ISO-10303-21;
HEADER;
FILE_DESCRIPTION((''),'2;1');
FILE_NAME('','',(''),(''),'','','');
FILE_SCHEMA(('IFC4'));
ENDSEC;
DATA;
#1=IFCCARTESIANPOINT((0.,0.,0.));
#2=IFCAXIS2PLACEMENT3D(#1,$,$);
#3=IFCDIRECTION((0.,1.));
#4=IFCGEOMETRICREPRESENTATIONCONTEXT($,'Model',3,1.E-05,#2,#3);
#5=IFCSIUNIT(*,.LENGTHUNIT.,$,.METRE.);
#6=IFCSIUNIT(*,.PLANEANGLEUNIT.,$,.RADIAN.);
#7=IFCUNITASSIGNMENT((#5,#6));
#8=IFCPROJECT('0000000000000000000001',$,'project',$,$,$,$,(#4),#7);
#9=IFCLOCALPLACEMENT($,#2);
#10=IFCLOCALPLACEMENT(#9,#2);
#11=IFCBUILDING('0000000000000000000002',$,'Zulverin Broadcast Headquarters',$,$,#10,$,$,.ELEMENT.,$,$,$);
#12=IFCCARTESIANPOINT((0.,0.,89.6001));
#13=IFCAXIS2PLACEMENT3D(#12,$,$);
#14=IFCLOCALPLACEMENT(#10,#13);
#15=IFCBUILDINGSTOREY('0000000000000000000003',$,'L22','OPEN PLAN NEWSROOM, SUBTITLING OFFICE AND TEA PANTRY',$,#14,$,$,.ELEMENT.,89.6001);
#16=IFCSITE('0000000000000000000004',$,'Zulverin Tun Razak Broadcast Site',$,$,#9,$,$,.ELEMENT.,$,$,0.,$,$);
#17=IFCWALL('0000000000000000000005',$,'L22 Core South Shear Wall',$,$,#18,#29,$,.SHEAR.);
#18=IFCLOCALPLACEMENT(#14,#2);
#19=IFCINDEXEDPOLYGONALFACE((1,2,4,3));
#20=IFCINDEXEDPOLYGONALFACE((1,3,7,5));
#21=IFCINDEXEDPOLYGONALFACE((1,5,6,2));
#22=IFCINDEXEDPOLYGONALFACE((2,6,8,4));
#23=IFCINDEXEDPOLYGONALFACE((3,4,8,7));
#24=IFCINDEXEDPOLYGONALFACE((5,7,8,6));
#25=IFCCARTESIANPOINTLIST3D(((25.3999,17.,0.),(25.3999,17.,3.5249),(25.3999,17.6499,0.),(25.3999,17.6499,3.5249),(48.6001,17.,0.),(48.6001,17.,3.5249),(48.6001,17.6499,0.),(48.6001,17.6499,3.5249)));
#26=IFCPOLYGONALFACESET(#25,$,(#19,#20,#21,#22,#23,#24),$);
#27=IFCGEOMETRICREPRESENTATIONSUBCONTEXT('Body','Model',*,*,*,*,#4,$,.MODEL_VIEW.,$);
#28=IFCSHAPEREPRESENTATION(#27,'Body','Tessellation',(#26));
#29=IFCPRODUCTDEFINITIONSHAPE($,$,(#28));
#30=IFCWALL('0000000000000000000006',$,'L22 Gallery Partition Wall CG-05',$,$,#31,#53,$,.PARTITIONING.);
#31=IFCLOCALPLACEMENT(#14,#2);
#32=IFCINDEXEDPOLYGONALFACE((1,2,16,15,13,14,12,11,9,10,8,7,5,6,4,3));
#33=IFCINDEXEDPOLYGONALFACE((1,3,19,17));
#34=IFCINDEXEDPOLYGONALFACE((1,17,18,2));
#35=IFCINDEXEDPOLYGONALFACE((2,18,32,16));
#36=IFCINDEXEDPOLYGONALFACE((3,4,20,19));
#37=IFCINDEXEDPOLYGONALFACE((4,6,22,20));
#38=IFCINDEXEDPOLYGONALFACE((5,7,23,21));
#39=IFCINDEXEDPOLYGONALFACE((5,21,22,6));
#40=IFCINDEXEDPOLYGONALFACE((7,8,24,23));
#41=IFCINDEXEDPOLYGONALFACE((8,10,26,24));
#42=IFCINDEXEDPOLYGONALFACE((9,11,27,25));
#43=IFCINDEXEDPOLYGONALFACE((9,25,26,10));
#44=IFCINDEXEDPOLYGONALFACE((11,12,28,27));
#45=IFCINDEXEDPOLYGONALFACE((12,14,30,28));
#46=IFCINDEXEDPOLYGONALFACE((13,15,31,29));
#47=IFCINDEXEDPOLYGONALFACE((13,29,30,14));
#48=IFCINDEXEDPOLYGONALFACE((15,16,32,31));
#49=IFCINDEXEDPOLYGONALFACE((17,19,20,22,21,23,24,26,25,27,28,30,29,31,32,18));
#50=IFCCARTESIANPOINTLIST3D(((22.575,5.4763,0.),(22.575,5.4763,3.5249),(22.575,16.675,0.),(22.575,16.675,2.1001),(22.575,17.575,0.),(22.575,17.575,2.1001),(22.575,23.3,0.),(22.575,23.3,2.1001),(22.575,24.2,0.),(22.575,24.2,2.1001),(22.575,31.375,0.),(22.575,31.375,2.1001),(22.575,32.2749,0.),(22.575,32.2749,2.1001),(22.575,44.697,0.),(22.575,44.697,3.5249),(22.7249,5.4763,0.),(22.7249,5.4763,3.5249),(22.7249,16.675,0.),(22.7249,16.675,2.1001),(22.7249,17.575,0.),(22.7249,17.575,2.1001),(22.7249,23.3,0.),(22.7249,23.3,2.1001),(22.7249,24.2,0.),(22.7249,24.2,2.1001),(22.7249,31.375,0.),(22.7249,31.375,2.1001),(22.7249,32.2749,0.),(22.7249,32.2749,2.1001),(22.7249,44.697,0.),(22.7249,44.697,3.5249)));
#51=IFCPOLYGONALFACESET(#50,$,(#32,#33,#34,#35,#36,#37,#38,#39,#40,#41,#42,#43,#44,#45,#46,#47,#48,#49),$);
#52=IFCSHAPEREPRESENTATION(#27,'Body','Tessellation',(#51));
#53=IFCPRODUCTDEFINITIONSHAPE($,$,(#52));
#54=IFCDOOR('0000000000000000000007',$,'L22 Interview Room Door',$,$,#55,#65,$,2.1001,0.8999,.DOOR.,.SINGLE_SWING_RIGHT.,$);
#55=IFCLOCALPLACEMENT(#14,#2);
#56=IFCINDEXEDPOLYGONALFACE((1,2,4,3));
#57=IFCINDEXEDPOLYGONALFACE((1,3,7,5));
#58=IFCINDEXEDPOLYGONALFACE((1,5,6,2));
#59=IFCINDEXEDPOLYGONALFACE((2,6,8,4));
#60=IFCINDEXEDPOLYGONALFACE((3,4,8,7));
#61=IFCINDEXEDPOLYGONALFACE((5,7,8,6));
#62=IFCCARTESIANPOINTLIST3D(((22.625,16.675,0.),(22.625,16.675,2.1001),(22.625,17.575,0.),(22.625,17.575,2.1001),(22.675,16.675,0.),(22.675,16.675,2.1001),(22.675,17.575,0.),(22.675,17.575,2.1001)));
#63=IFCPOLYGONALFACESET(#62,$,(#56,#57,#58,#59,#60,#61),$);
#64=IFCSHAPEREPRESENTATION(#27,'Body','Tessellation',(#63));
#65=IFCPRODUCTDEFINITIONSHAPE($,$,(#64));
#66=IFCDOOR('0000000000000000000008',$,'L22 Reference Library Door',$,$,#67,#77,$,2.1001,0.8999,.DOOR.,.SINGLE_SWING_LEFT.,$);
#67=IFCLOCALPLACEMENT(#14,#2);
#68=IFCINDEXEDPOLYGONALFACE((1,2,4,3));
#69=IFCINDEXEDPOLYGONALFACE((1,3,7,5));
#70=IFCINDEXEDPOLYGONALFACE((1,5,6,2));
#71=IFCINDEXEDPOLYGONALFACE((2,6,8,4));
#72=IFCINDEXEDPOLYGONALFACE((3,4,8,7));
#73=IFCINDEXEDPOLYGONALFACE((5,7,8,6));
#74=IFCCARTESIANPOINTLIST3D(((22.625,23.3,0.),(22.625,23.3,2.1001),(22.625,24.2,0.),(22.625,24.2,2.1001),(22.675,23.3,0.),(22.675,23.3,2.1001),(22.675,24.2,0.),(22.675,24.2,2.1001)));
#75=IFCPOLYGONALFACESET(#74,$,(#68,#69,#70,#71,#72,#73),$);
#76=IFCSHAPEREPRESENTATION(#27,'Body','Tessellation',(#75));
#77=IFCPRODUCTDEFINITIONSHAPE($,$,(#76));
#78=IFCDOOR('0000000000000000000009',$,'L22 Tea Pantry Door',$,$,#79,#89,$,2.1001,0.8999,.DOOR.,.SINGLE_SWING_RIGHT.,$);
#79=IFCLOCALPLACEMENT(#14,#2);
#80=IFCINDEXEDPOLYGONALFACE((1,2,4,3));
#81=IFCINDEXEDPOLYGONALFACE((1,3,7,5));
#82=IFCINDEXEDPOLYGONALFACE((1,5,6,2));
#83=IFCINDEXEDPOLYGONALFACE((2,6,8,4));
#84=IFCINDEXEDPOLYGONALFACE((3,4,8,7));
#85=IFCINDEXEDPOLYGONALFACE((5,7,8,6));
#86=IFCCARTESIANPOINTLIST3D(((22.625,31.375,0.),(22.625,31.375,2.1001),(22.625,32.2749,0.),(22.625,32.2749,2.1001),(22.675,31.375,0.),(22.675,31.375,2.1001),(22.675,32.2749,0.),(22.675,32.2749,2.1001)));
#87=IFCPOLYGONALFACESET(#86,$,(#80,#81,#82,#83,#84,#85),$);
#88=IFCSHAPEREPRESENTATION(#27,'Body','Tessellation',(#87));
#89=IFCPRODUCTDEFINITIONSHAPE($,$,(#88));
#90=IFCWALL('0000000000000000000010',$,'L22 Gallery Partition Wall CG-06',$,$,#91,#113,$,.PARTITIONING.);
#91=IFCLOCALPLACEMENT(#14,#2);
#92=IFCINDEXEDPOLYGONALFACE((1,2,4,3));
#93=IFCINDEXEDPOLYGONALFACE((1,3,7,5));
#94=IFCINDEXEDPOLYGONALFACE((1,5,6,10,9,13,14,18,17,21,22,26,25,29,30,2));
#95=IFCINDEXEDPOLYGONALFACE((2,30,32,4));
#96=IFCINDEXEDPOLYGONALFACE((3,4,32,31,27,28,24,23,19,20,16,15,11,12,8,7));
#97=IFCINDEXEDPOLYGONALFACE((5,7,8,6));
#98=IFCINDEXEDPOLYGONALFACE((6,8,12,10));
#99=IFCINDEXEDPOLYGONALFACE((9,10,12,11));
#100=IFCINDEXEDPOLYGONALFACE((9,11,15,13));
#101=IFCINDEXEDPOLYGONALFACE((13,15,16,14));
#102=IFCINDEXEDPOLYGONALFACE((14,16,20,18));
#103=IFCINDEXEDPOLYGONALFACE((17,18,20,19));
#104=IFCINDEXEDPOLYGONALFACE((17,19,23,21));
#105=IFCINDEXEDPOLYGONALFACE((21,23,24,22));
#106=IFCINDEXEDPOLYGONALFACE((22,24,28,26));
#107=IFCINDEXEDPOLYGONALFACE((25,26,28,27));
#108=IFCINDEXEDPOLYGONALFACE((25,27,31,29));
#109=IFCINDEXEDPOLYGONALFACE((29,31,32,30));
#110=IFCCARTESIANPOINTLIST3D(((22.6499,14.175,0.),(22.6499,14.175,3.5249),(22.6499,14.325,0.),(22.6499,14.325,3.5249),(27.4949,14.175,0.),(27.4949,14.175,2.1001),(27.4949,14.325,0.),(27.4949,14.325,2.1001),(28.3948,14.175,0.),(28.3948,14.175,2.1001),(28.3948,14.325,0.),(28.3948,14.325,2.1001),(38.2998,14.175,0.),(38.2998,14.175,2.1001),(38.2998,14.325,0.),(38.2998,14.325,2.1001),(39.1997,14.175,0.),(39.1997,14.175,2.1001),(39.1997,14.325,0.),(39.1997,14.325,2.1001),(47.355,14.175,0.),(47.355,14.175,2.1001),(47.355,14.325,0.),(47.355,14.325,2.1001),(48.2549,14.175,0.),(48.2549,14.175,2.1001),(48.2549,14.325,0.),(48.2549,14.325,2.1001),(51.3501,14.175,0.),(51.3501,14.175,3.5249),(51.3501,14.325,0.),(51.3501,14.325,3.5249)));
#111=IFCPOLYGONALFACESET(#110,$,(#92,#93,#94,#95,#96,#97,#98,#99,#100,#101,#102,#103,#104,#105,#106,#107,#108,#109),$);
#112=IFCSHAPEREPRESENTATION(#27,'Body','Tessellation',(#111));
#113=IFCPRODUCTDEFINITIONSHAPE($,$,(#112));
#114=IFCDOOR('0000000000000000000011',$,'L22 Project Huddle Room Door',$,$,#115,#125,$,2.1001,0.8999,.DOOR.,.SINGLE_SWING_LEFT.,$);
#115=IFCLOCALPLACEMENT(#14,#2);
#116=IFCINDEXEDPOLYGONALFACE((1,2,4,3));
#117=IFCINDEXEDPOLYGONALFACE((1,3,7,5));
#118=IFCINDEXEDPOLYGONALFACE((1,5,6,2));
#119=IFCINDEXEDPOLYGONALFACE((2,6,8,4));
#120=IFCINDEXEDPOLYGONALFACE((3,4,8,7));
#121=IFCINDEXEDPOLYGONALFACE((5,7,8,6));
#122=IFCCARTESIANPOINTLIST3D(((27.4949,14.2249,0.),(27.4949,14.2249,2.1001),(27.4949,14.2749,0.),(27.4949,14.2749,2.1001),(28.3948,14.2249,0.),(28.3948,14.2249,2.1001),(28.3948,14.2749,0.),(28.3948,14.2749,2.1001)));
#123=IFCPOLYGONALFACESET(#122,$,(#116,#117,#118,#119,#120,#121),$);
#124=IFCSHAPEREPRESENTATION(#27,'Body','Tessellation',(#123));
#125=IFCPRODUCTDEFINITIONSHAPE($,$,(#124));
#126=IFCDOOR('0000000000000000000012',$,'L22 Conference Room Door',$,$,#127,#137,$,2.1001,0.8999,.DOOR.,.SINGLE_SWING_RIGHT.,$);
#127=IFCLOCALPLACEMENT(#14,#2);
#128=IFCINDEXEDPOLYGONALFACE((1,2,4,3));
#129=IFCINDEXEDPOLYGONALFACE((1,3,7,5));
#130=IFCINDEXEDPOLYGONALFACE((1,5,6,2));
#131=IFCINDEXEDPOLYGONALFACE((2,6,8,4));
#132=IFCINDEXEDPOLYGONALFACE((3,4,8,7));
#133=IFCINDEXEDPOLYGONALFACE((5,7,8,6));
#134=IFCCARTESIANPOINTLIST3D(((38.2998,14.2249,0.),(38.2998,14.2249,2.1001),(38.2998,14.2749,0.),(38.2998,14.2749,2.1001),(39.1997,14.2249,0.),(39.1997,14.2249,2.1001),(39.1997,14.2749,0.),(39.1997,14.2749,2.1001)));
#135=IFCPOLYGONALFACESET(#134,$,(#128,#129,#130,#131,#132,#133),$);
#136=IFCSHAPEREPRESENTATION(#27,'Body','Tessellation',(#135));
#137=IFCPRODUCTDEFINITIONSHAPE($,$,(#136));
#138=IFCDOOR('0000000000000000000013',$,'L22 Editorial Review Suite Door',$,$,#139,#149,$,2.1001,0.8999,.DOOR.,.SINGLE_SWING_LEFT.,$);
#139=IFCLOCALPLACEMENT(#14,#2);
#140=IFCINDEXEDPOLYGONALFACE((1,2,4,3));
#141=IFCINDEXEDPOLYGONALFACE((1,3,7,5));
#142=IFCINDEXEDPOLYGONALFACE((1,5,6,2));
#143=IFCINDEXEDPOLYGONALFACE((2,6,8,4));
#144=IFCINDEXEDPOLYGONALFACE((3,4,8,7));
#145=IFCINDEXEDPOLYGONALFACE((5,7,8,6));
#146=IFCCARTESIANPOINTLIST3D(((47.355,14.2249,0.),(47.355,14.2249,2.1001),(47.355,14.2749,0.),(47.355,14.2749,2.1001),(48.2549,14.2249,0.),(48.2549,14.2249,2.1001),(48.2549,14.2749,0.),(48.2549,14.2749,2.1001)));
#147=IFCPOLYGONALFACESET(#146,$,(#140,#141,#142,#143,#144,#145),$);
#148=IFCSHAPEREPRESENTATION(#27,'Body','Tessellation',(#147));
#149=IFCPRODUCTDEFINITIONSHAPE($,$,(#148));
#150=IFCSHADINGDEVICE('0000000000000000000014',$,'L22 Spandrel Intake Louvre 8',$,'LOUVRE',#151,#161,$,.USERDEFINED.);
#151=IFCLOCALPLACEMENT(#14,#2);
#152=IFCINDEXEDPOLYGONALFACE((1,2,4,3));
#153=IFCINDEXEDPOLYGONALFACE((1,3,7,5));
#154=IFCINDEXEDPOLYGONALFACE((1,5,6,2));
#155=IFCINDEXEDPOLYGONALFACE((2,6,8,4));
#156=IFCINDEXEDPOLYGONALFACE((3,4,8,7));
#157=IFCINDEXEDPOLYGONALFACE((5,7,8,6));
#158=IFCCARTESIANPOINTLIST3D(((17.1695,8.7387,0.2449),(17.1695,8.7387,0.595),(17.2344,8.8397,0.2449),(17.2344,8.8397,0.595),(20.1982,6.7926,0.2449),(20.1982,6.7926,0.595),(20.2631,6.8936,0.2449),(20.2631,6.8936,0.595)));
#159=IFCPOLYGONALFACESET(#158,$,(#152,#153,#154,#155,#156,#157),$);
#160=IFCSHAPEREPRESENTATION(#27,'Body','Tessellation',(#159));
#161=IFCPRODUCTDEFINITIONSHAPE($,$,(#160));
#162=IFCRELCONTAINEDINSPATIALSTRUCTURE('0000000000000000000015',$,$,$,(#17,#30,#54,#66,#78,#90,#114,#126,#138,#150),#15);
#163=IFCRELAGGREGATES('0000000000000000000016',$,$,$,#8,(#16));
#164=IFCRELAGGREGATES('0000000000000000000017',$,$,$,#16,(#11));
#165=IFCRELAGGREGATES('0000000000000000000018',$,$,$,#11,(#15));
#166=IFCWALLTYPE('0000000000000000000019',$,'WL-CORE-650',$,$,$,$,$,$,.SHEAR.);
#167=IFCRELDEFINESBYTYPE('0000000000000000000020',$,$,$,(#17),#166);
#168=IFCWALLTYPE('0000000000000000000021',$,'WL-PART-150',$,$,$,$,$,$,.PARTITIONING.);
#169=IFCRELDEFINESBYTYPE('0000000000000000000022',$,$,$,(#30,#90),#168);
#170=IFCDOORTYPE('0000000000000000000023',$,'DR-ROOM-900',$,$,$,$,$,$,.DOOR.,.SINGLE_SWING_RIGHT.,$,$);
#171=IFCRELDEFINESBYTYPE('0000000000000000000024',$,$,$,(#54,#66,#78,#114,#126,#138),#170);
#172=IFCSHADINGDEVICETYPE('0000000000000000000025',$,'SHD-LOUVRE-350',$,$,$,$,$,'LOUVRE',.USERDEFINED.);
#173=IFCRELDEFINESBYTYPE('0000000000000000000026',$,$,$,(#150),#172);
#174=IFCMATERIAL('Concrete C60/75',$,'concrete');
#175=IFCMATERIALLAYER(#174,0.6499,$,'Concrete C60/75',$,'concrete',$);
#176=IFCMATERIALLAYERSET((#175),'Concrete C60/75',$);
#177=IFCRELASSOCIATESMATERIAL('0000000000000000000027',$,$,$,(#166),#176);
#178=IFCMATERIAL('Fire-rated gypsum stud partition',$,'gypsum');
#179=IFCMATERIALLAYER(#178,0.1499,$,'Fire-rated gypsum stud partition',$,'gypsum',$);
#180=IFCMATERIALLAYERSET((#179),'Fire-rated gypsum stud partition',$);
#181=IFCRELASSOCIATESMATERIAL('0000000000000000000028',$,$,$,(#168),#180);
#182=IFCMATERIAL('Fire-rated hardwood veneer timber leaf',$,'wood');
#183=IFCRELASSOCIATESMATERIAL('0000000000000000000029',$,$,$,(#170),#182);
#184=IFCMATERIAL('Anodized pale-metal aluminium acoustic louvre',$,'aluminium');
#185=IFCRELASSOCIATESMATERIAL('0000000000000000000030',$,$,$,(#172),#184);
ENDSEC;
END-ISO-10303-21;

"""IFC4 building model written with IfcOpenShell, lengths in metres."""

from ifc_helpers import new_model, si_unit, direction, frame, frame_2d, origin, origin_2d, place, context, subcontext, project, spatial, rectangle, extrude, material, layer, layer_set, type_object, element, fill, save


model = new_model("IFC4")

# Units and contexts
model_context = context("Model", 3, precision=1e-05, world=origin(), true_north=direction((0.0, 1.0)))
body_context = subcontext(model_context, "Body", "Model", "MODEL_VIEW")
ifc_project = project(units=[si_unit("LENGTHUNIT", "METRE"), si_unit("PLANEANGLEUNIT", "RADIAN")], contexts=[model_context])

# Site, building, storey
site_placement = place(None, origin())
site = spatial("IfcSite", under=ifc_project, at=site_placement, Name="Zulverin Tun Razak Broadcast Site", CompositionType="ELEMENT", RefElevation=0.0)
building_placement = place(site_placement, origin())
building = spatial("IfcBuilding", under=site, at=building_placement, Name="Zulverin Broadcast Headquarters", CompositionType="ELEMENT")
storey_placement = place(building_placement, frame((0.0, 0.0, 89.6001)))
storey = spatial("IfcBuildingStorey", under=building, at=storey_placement, Name="L22", Description="OPEN PLAN NEWSROOM, SUBTITLING OFFICE AND TEA PANTRY", CompositionType="ELEMENT", Elevation=89.6001)

# Shared definitions
ifc_material_1 = material(Name="Concrete C60/75", Category="concrete")

# Wall
ifc_layer_1 = layer(ifc_material_1, 0.6499, Name="Concrete C60/75", Category="concrete")
ifc_layer_set_1 = layer_set([ifc_layer_1], Name="Concrete C60/75")
wall_type_1 = type_object("IfcWallType", Name="WL-CORE-650", PredefinedType="SHEAR", material=ifc_layer_set_1)
wall_1_placement = place(storey_placement, frame((25.3999, 17.325, 0.0), z_axis=(0.0, 0.0, 1.0), x_axis=(1.0, 0.0, 0.0)))
element("IfcWall", 1, at=wall_1_placement, inside=storey, type_object=wall_type_1, Name="L22 Core South Shear Wall", PredefinedType="SHEAR", context=body_context, shape_type="SweptSolid", body=[
    extrude(rectangle(XDim=23.2002, YDim=0.6499, at=frame_2d((11.6001, 0.0))), origin(), (0.0, 0.0, 1.0), 3.5249),
])

# Walls, openings, doors
ifc_material_2 = material(Name="Fire-rated gypsum stud partition", Category="gypsum")
ifc_layer_2 = layer(ifc_material_2, 0.1499, Name="Fire-rated gypsum stud partition", Category="gypsum")
ifc_layer_set_2 = layer_set([ifc_layer_2], Name="Fire-rated gypsum stud partition")
wall_type_2 = type_object("IfcWallType", Name="WL-PART-150", PredefinedType="PARTITIONING", material=ifc_layer_set_2)
wall_2_placement = place(storey_placement, frame((22.6499, 5.4763, 0.0), z_axis=(0.0, 0.0, 1.0), x_axis=(0.0, 1.0, 0.0)))
wall_2 = element("IfcWall", 2, at=wall_2_placement, inside=storey, type_object=wall_type_2, Name="L22 Gallery Partition Wall CG-05", PredefinedType="PARTITIONING", context=body_context, shape_type="SweptSolid", body=[
    extrude(rectangle(XDim=39.2207, YDim=0.1499, at=frame_2d((19.6104, 0.0))), origin(), (0.0, 0.0, 1.0), 3.5249),
])
opening_1_placement = place(wall_2_placement, frame((11.1987, 0.0, 0.0)))
opening_1 = element("IfcOpeningElement", 3, at=opening_1_placement, cuts=wall_2, PredefinedType="OPENING", context=body_context, shape_type="SweptSolid", body=[
    extrude(rectangle(XDim=0.8999, YDim=2.1001, at=frame_2d((0.45, 1.05))), frame((0.0, 0.085, 0.0), z_axis=(0.0, -1.0, 0.0), x_axis=(1.0, 0.0, 0.0)), (0.0, 0.0, 1.0), 0.1699),
])
opening_2_placement = place(wall_2_placement, frame((17.8237, 0.0, 0.0)))
opening_2 = element("IfcOpeningElement", 4, at=opening_2_placement, cuts=wall_2, PredefinedType="OPENING", context=body_context, shape_type="SweptSolid", body=[
    extrude(rectangle(XDim=0.8999, YDim=2.1001, at=frame_2d((0.45, 1.05))), frame((0.0, 0.085, 0.0), z_axis=(0.0, -1.0, 0.0), x_axis=(1.0, 0.0, 0.0)), (0.0, 0.0, 1.0), 0.1699),
])
opening_3_placement = place(wall_2_placement, frame((25.8987, 0.0, 0.0)))
opening_3 = element("IfcOpeningElement", 5, at=opening_3_placement, cuts=wall_2, PredefinedType="OPENING", context=body_context, shape_type="SweptSolid", body=[
    extrude(rectangle(XDim=0.8999, YDim=2.1001, at=frame_2d((0.45, 1.05))), frame((0.0, 0.085, 0.0), z_axis=(0.0, -1.0, 0.0), x_axis=(1.0, 0.0, 0.0)), (0.0, 0.0, 1.0), 0.1699),
])
ifc_material_3 = material(Name="Fire-rated hardwood veneer timber leaf", Category="wood")
door_type_1 = type_object("IfcDoorType", Name="DR-ROOM-900", OperationType="SINGLE_SWING_RIGHT", PredefinedType="DOOR", material=ifc_material_3)
door_1_placement = place(opening_1_placement, origin())
door_1 = element("IfcDoor", 6, at=door_1_placement, inside=storey, type_object=door_type_1, Name="L22 Interview Room Door", OperationType="SINGLE_SWING_RIGHT", OverallHeight=2.1001, OverallWidth=0.8999, PredefinedType="DOOR", context=body_context, shape_type="SweptSolid", body=[
    extrude(rectangle(XDim=0.8999, YDim=2.1001, at=frame_2d((0.45, 1.05))), frame((0.0, 0.0249, 0.0), z_axis=(0.0, -1.0, 0.0), x_axis=(1.0, 0.0, 0.0)), (0.0, 0.0, 1.0), 0.05),
])
fill(opening_1, door_1)
door_2_placement = place(opening_2_placement, origin())
door_2 = element("IfcDoor", 7, at=door_2_placement, inside=storey, type_object=door_type_1, Name="L22 Reference Library Door", OperationType="SINGLE_SWING_LEFT", OverallHeight=2.1001, OverallWidth=0.8999, PredefinedType="DOOR", context=body_context, shape_type="SweptSolid", body=[
    extrude(rectangle(XDim=0.8999, YDim=2.1001, at=frame_2d((0.45, 1.05))), frame((0.0, 0.0249, 0.0), z_axis=(0.0, -1.0, 0.0), x_axis=(1.0, 0.0, 0.0)), (0.0, 0.0, 1.0), 0.05),
])
fill(opening_2, door_2)
door_3_placement = place(opening_3_placement, origin())
door_3 = element("IfcDoor", 8, at=door_3_placement, inside=storey, type_object=door_type_1, Name="L22 Tea Pantry Door", OperationType="SINGLE_SWING_RIGHT", OverallHeight=2.1001, OverallWidth=0.8999, PredefinedType="DOOR", context=body_context, shape_type="SweptSolid", body=[
    extrude(rectangle(XDim=0.8999, YDim=2.1001, at=frame_2d((0.45, 1.05))), frame((0.0, 0.0249, 0.0), z_axis=(0.0, -1.0, 0.0), x_axis=(1.0, 0.0, 0.0)), (0.0, 0.0, 1.0), 0.05),
])
fill(opening_3, door_3)
wall_3_placement = place(storey_placement, frame((22.6499, 14.25, 0.0), z_axis=(0.0, 0.0, 1.0), x_axis=(1.0, 0.0, 0.0)))
wall_3 = element("IfcWall", 9, at=wall_3_placement, inside=storey, type_object=wall_type_2, Name="L22 Gallery Partition Wall CG-06", PredefinedType="PARTITIONING", context=body_context, shape_type="SweptSolid", body=[
    extrude(rectangle(XDim=28.7002, YDim=0.1499, at=frame_2d((14.3501, 0.0))), origin(), (0.0, 0.0, 1.0), 3.5249),
])
opening_4_placement = place(wall_3_placement, frame((4.845, 0.0, 0.0)))
opening_4 = element("IfcOpeningElement", 10, at=opening_4_placement, cuts=wall_3, PredefinedType="OPENING", context=body_context, shape_type="SweptSolid", body=[
    extrude(rectangle(XDim=0.8999, YDim=2.1001, at=frame_2d((0.45, 1.05))), frame((0.0, 0.085, 0.0), z_axis=(0.0, -1.0, 0.0), x_axis=(1.0, 0.0, 0.0)), (0.0, 0.0, 1.0), 0.1699),
])
opening_5_placement = place(wall_3_placement, frame((15.6499, 0.0, 0.0)))
opening_5 = element("IfcOpeningElement", 11, at=opening_5_placement, cuts=wall_3, PredefinedType="OPENING", context=body_context, shape_type="SweptSolid", body=[
    extrude(rectangle(XDim=0.8999, YDim=2.1001, at=frame_2d((0.45, 1.05))), frame((0.0, 0.085, 0.0), z_axis=(0.0, -1.0, 0.0), x_axis=(1.0, 0.0, 0.0)), (0.0, 0.0, 1.0), 0.1699),
])
opening_6_placement = place(wall_3_placement, frame((24.7051, 0.0, 0.0)))
opening_6 = element("IfcOpeningElement", 12, at=opening_6_placement, cuts=wall_3, PredefinedType="OPENING", context=body_context, shape_type="SweptSolid", body=[
    extrude(rectangle(XDim=0.8999, YDim=2.1001, at=frame_2d((0.45, 1.05))), frame((0.0, 0.085, 0.0), z_axis=(0.0, -1.0, 0.0), x_axis=(1.0, 0.0, 0.0)), (0.0, 0.0, 1.0), 0.1699),
])
door_4_placement = place(opening_4_placement, origin())
door_4 = element("IfcDoor", 13, at=door_4_placement, inside=storey, type_object=door_type_1, Name="L22 Project Huddle Room Door", OperationType="SINGLE_SWING_LEFT", OverallHeight=2.1001, OverallWidth=0.8999, PredefinedType="DOOR", context=body_context, shape_type="SweptSolid", body=[
    extrude(rectangle(XDim=0.8999, YDim=2.1001, at=frame_2d((0.45, 1.05))), frame((0.0, 0.0249, 0.0), z_axis=(0.0, -1.0, 0.0), x_axis=(1.0, 0.0, 0.0)), (0.0, 0.0, 1.0), 0.05),
])
fill(opening_4, door_4)
door_5_placement = place(opening_5_placement, origin())
door_5 = element("IfcDoor", 14, at=door_5_placement, inside=storey, type_object=door_type_1, Name="L22 Conference Room Door", OperationType="SINGLE_SWING_RIGHT", OverallHeight=2.1001, OverallWidth=0.8999, PredefinedType="DOOR", context=body_context, shape_type="SweptSolid", body=[
    extrude(rectangle(XDim=0.8999, YDim=2.1001, at=frame_2d((0.45, 1.05))), frame((0.0, 0.0249, 0.0), z_axis=(0.0, -1.0, 0.0), x_axis=(1.0, 0.0, 0.0)), (0.0, 0.0, 1.0), 0.05),
])
fill(opening_5, door_5)
door_6_placement = place(opening_6_placement, origin())
door_6 = element("IfcDoor", 15, at=door_6_placement, inside=storey, type_object=door_type_1, Name="L22 Editorial Review Suite Door", OperationType="SINGLE_SWING_LEFT", OverallHeight=2.1001, OverallWidth=0.8999, PredefinedType="DOOR", context=body_context, shape_type="SweptSolid", body=[
    extrude(rectangle(XDim=0.8999, YDim=2.1001, at=frame_2d((0.45, 1.05))), frame((0.0, 0.0249, 0.0), z_axis=(0.0, -1.0, 0.0), x_axis=(1.0, 0.0, 0.0)), (0.0, 0.0, 1.0), 0.05),
])
fill(opening_6, door_6)

# Shading device
ifc_material_4 = material(Name="Anodized pale-metal aluminium acoustic louvre", Category="aluminium")
shading_device_type_1 = type_object("IfcShadingDeviceType", Name="SHD-LOUVRE-350", ElementType="LOUVRE", PredefinedType="USERDEFINED", material=ifc_material_4)
shading_device_1_placement = place(storey_placement, frame((18.7163, 7.8162, 0.2449), z_axis=(0.0, 0.0, 1.0), x_axis=(0.841297, -0.540574, 0.0)))
element("IfcShadingDevice", 16, at=shading_device_1_placement, inside=storey, type_object=shading_device_type_1, Name="L22 Spandrel Intake Louvre 8", ObjectType="LOUVRE", PredefinedType="USERDEFINED", context=body_context, shape_type="SweptSolid", body=[
    extrude(rectangle(XDim=3.6001, YDim=0.1201, at=origin_2d()), origin(), (0.0, 0.0, 1.0), 0.3501),
])

save(model, "model.ifc")
